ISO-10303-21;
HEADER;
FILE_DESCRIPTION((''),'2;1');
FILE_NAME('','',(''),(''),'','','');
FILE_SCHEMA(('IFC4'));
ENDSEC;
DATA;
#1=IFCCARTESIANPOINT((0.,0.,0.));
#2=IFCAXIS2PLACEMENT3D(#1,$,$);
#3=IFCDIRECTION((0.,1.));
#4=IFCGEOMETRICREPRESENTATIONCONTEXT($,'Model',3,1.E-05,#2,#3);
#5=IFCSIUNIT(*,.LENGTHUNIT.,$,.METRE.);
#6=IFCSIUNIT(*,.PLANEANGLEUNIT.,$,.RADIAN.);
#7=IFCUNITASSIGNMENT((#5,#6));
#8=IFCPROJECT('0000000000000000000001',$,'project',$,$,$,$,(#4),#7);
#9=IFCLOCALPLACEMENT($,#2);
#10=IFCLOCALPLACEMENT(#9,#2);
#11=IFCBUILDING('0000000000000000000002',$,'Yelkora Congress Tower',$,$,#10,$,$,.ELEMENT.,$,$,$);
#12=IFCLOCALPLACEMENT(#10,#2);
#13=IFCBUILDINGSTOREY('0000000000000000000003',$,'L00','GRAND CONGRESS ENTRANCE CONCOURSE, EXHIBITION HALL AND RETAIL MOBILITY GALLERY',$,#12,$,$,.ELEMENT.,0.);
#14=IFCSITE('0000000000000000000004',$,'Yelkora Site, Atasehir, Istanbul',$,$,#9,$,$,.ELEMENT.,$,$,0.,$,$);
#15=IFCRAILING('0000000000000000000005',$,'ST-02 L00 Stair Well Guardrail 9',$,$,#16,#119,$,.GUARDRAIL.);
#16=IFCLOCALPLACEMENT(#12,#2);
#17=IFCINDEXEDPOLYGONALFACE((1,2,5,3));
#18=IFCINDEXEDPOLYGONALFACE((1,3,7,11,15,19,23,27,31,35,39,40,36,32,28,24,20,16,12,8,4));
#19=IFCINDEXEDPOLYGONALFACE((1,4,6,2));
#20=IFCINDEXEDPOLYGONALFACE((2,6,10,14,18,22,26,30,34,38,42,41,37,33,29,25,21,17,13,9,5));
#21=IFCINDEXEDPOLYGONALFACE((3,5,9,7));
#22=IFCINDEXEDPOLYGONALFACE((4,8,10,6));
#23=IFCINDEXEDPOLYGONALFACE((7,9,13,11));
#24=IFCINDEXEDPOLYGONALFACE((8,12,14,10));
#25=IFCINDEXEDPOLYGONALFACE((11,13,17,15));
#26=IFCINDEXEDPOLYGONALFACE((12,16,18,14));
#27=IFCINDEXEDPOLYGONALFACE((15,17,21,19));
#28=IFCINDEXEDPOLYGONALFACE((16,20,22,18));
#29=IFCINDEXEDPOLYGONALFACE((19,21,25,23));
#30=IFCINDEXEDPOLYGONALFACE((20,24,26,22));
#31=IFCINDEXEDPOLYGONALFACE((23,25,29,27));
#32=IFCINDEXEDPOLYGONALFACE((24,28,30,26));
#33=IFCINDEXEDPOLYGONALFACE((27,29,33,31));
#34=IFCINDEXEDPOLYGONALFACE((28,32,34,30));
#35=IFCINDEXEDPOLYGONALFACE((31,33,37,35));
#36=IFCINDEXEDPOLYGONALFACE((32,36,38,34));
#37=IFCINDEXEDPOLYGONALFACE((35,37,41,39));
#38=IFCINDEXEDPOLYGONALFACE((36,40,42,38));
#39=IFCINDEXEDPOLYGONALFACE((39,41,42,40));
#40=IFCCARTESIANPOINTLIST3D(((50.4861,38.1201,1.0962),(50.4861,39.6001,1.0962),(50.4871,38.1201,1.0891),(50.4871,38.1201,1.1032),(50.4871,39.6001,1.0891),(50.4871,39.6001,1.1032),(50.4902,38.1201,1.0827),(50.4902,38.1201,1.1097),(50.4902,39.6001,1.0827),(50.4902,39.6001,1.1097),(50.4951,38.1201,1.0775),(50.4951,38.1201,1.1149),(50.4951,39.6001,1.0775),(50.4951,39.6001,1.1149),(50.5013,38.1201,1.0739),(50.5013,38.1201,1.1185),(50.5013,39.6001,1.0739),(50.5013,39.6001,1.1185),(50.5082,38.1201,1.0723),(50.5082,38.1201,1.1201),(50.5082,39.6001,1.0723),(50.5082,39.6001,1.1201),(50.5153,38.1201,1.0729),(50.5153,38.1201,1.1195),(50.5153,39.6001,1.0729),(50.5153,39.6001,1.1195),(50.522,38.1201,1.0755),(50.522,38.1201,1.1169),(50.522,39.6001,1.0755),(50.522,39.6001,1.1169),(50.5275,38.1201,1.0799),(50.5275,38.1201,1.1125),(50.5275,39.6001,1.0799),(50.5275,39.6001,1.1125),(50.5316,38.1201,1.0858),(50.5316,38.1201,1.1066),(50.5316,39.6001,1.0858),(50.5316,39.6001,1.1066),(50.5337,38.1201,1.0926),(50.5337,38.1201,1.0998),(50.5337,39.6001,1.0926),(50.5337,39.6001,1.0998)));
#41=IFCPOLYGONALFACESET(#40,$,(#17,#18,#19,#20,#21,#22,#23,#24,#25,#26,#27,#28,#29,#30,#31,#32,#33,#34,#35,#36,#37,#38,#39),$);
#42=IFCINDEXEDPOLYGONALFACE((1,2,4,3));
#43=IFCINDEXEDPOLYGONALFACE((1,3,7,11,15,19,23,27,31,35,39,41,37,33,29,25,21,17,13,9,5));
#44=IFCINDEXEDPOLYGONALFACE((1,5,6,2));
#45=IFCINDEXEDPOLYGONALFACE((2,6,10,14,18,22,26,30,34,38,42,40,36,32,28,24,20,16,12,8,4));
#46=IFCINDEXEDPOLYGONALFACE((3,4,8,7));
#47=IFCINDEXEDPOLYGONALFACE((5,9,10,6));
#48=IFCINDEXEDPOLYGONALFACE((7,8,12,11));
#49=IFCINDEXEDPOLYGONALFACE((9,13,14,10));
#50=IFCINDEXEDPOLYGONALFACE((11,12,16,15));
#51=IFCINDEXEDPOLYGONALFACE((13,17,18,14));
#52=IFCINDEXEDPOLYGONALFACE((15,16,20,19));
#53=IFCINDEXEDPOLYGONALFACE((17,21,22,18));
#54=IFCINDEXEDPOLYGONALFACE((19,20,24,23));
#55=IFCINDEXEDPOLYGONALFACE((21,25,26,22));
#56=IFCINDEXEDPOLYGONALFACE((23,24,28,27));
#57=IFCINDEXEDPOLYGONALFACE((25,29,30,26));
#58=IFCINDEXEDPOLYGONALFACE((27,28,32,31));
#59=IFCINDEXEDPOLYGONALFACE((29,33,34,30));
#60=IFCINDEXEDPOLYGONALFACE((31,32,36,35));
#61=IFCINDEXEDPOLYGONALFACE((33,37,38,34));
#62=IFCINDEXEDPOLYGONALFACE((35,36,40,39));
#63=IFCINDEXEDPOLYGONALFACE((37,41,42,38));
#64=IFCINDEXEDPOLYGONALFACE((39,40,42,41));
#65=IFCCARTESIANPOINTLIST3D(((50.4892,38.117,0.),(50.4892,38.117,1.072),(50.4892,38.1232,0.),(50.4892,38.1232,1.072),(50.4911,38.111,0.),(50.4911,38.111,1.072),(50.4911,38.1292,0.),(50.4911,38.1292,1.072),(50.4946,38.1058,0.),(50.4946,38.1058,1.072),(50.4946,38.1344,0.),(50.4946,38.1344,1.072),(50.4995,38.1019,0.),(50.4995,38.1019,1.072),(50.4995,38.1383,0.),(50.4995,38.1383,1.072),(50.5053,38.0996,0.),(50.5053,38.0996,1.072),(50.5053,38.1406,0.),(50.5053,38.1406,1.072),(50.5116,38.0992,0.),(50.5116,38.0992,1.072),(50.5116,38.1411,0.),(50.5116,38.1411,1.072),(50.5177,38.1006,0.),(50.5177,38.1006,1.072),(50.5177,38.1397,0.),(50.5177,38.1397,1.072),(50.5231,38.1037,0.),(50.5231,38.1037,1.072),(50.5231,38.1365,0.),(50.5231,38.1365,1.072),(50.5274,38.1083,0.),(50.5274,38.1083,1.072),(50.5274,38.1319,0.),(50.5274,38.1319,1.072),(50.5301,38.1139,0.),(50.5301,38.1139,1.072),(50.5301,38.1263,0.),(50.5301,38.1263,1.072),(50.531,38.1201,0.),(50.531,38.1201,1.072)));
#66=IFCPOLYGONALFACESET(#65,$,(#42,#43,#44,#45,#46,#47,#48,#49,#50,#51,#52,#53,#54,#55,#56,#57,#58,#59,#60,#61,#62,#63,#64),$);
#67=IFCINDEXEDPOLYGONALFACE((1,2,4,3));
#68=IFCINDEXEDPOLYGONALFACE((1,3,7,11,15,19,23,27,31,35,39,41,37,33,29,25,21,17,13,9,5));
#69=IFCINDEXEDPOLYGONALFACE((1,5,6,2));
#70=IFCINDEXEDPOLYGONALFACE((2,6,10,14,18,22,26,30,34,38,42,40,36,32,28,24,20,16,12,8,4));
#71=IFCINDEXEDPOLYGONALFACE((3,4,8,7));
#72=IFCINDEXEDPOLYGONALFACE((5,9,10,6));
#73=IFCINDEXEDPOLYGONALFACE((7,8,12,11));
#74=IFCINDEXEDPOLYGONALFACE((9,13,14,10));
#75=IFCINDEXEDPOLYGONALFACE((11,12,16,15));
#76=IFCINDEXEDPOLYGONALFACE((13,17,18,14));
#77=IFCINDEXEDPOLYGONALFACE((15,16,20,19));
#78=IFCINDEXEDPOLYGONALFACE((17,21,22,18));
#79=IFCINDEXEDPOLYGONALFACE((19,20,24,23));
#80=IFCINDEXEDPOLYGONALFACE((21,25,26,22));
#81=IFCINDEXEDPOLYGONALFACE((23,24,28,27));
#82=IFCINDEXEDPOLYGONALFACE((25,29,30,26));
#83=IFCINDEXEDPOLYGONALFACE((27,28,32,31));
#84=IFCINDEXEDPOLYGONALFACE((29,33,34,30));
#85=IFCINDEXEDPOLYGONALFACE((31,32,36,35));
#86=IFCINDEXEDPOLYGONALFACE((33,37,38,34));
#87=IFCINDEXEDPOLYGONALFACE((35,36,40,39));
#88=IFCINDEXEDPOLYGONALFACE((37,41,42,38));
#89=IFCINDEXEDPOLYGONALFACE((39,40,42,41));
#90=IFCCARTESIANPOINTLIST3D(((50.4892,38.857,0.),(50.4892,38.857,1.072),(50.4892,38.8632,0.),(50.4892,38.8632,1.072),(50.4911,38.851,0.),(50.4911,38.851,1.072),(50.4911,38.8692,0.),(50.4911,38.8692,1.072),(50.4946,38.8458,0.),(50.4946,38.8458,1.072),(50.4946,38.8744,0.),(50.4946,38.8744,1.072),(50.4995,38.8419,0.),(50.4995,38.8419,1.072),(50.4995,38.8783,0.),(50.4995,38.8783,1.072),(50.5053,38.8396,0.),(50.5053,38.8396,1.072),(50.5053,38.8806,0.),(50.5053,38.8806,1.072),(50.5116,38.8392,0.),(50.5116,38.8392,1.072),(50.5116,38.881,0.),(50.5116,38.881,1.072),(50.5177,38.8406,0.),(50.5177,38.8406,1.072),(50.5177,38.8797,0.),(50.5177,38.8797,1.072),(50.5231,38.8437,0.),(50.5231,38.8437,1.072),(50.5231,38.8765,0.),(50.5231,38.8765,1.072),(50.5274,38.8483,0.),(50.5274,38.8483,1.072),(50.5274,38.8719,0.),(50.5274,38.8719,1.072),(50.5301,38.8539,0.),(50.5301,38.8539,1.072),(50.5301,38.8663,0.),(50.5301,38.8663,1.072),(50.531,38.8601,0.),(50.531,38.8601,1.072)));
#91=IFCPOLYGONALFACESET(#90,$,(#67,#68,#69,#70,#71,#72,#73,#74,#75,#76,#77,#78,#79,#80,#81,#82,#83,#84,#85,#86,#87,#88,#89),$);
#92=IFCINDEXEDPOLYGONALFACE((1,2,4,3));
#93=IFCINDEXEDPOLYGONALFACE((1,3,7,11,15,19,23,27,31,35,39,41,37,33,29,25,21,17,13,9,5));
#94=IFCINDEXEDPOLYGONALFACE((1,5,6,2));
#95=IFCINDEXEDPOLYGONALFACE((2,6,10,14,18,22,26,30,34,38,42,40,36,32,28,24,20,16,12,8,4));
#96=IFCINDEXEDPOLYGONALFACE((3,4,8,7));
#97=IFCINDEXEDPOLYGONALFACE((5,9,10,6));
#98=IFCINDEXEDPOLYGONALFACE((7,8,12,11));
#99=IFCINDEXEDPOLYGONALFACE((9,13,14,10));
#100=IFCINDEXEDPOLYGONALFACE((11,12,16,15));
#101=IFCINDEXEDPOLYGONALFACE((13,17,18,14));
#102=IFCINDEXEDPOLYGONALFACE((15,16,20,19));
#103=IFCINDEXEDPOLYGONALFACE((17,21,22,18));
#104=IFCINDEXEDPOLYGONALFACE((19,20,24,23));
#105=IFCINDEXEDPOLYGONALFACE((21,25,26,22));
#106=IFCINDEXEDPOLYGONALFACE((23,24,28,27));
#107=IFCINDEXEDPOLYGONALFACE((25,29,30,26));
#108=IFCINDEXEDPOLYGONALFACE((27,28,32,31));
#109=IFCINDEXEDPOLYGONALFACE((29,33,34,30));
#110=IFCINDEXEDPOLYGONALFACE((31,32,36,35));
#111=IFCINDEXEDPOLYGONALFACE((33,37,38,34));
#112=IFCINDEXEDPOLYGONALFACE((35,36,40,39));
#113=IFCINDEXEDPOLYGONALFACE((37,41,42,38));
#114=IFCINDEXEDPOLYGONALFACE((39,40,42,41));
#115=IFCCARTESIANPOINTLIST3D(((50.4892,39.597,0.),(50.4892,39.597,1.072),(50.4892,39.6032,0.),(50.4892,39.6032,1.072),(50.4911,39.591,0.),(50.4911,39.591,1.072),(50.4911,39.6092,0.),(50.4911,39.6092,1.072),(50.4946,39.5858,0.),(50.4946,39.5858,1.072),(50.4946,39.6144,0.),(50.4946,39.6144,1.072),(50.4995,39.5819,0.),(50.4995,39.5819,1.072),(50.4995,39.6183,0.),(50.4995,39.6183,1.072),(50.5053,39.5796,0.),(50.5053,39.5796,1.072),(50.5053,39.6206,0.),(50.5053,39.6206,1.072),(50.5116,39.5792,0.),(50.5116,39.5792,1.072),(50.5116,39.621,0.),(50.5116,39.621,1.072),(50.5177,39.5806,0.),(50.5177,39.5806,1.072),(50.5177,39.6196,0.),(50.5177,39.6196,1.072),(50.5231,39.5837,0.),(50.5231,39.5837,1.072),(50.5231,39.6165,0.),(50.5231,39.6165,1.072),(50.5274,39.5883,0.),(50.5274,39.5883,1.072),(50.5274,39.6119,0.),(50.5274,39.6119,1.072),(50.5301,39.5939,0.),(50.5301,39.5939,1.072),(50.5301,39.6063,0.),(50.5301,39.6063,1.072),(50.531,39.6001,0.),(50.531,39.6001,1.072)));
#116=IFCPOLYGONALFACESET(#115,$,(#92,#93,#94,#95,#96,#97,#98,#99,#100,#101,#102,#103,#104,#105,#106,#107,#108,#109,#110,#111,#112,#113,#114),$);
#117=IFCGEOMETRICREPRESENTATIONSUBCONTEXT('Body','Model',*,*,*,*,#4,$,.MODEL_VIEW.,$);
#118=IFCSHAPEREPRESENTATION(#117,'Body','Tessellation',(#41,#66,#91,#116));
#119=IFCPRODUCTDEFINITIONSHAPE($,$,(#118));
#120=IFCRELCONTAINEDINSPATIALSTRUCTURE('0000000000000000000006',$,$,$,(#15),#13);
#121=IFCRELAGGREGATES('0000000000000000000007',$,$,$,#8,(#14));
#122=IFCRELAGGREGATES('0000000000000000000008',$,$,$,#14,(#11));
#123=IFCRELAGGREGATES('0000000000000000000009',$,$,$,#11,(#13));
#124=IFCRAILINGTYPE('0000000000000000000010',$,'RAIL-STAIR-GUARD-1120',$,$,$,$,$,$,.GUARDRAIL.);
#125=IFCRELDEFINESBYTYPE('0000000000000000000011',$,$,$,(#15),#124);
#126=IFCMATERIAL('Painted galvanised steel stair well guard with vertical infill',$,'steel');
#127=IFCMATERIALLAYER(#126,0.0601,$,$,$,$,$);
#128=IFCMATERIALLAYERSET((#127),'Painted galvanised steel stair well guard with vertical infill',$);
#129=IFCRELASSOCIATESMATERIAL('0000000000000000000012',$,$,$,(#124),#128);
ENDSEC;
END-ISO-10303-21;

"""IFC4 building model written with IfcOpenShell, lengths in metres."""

from ifc_helpers import new_model, si_unit, direction, frame, origin, origin_2d, place, context, subcontext, project, spatial, circle, extrude, material, layer, layer_set, type_object, element, save


model = new_model("IFC4")

# Units and contexts
model_context = context("Model", 3, precision=1e-05, world=origin(), true_north=direction((0.0, 1.0)))
body_context = subcontext(model_context, "Body", "Model", "MODEL_VIEW")
ifc_project = project(units=[si_unit("LENGTHUNIT", "METRE"), si_unit("PLANEANGLEUNIT", "RADIAN")], contexts=[model_context])

# Site, building, storey
site_placement = place(None, origin())
site = spatial("IfcSite", under=ifc_project, at=site_placement, Name="Yelkora Site, Atasehir, Istanbul", CompositionType="ELEMENT", RefElevation=0.0)
building_placement = place(site_placement, origin())
building = spatial("IfcBuilding", under=site, at=building_placement, Name="Yelkora Congress Tower", CompositionType="ELEMENT")
storey_placement = place(building_placement, origin())
storey = spatial("IfcBuildingStorey", under=building, at=storey_placement, Name="L00", Description="GRAND CONGRESS ENTRANCE CONCOURSE, EXHIBITION HALL AND RETAIL MOBILITY GALLERY", CompositionType="ELEMENT", Elevation=0.0)

# Railing
ifc_material_1 = material(Name="Painted galvanised steel stair well guard with vertical infill", Category="steel")
ifc_layer_1 = layer(ifc_material_1, 0.0601)
ifc_layer_set_1 = layer_set([ifc_layer_1], Name="Painted galvanised steel stair well guard with vertical infill")
railing_type_1 = type_object("IfcRailingType", Name="RAIL-STAIR-GUARD-1120", PredefinedType="GUARDRAIL", material=ifc_layer_set_1)
for number, where, name in (
    (1, (50.51, 38.1201, 0.0), "ST-02 L00 Stair Well Guardrail 9"),
):
    element("IfcRailing", number, at=place(storey_placement, frame(where)), inside=storey, type_object=railing_type_1, Name=name, PredefinedType="GUARDRAIL", context=body_context, shape_type="SweptSolid", body=[
        extrude(circle(Radius=0.0239, at=origin_2d()), frame((0.0, 0.0, 1.0962), z_axis=(0.0, 1.0, 0.0), x_axis=(-1.0, 0.0, 0.0)), (0.0, 0.0, 1.0), 1.48),
        extrude(circle(Radius=0.021, at=origin_2d()), origin(), (0.0, 0.0, 1.0), 1.072),
        extrude(circle(Radius=0.021, at=origin_2d()), frame((0.0, 0.74, 0.0)), (0.0, 0.0, 1.0), 1.072),
        extrude(circle(Radius=0.021, at=origin_2d()), frame((0.0, 1.48, 0.0)), (0.0, 0.0, 1.0), 1.072),
    ])

save(model, "model.ifc")
